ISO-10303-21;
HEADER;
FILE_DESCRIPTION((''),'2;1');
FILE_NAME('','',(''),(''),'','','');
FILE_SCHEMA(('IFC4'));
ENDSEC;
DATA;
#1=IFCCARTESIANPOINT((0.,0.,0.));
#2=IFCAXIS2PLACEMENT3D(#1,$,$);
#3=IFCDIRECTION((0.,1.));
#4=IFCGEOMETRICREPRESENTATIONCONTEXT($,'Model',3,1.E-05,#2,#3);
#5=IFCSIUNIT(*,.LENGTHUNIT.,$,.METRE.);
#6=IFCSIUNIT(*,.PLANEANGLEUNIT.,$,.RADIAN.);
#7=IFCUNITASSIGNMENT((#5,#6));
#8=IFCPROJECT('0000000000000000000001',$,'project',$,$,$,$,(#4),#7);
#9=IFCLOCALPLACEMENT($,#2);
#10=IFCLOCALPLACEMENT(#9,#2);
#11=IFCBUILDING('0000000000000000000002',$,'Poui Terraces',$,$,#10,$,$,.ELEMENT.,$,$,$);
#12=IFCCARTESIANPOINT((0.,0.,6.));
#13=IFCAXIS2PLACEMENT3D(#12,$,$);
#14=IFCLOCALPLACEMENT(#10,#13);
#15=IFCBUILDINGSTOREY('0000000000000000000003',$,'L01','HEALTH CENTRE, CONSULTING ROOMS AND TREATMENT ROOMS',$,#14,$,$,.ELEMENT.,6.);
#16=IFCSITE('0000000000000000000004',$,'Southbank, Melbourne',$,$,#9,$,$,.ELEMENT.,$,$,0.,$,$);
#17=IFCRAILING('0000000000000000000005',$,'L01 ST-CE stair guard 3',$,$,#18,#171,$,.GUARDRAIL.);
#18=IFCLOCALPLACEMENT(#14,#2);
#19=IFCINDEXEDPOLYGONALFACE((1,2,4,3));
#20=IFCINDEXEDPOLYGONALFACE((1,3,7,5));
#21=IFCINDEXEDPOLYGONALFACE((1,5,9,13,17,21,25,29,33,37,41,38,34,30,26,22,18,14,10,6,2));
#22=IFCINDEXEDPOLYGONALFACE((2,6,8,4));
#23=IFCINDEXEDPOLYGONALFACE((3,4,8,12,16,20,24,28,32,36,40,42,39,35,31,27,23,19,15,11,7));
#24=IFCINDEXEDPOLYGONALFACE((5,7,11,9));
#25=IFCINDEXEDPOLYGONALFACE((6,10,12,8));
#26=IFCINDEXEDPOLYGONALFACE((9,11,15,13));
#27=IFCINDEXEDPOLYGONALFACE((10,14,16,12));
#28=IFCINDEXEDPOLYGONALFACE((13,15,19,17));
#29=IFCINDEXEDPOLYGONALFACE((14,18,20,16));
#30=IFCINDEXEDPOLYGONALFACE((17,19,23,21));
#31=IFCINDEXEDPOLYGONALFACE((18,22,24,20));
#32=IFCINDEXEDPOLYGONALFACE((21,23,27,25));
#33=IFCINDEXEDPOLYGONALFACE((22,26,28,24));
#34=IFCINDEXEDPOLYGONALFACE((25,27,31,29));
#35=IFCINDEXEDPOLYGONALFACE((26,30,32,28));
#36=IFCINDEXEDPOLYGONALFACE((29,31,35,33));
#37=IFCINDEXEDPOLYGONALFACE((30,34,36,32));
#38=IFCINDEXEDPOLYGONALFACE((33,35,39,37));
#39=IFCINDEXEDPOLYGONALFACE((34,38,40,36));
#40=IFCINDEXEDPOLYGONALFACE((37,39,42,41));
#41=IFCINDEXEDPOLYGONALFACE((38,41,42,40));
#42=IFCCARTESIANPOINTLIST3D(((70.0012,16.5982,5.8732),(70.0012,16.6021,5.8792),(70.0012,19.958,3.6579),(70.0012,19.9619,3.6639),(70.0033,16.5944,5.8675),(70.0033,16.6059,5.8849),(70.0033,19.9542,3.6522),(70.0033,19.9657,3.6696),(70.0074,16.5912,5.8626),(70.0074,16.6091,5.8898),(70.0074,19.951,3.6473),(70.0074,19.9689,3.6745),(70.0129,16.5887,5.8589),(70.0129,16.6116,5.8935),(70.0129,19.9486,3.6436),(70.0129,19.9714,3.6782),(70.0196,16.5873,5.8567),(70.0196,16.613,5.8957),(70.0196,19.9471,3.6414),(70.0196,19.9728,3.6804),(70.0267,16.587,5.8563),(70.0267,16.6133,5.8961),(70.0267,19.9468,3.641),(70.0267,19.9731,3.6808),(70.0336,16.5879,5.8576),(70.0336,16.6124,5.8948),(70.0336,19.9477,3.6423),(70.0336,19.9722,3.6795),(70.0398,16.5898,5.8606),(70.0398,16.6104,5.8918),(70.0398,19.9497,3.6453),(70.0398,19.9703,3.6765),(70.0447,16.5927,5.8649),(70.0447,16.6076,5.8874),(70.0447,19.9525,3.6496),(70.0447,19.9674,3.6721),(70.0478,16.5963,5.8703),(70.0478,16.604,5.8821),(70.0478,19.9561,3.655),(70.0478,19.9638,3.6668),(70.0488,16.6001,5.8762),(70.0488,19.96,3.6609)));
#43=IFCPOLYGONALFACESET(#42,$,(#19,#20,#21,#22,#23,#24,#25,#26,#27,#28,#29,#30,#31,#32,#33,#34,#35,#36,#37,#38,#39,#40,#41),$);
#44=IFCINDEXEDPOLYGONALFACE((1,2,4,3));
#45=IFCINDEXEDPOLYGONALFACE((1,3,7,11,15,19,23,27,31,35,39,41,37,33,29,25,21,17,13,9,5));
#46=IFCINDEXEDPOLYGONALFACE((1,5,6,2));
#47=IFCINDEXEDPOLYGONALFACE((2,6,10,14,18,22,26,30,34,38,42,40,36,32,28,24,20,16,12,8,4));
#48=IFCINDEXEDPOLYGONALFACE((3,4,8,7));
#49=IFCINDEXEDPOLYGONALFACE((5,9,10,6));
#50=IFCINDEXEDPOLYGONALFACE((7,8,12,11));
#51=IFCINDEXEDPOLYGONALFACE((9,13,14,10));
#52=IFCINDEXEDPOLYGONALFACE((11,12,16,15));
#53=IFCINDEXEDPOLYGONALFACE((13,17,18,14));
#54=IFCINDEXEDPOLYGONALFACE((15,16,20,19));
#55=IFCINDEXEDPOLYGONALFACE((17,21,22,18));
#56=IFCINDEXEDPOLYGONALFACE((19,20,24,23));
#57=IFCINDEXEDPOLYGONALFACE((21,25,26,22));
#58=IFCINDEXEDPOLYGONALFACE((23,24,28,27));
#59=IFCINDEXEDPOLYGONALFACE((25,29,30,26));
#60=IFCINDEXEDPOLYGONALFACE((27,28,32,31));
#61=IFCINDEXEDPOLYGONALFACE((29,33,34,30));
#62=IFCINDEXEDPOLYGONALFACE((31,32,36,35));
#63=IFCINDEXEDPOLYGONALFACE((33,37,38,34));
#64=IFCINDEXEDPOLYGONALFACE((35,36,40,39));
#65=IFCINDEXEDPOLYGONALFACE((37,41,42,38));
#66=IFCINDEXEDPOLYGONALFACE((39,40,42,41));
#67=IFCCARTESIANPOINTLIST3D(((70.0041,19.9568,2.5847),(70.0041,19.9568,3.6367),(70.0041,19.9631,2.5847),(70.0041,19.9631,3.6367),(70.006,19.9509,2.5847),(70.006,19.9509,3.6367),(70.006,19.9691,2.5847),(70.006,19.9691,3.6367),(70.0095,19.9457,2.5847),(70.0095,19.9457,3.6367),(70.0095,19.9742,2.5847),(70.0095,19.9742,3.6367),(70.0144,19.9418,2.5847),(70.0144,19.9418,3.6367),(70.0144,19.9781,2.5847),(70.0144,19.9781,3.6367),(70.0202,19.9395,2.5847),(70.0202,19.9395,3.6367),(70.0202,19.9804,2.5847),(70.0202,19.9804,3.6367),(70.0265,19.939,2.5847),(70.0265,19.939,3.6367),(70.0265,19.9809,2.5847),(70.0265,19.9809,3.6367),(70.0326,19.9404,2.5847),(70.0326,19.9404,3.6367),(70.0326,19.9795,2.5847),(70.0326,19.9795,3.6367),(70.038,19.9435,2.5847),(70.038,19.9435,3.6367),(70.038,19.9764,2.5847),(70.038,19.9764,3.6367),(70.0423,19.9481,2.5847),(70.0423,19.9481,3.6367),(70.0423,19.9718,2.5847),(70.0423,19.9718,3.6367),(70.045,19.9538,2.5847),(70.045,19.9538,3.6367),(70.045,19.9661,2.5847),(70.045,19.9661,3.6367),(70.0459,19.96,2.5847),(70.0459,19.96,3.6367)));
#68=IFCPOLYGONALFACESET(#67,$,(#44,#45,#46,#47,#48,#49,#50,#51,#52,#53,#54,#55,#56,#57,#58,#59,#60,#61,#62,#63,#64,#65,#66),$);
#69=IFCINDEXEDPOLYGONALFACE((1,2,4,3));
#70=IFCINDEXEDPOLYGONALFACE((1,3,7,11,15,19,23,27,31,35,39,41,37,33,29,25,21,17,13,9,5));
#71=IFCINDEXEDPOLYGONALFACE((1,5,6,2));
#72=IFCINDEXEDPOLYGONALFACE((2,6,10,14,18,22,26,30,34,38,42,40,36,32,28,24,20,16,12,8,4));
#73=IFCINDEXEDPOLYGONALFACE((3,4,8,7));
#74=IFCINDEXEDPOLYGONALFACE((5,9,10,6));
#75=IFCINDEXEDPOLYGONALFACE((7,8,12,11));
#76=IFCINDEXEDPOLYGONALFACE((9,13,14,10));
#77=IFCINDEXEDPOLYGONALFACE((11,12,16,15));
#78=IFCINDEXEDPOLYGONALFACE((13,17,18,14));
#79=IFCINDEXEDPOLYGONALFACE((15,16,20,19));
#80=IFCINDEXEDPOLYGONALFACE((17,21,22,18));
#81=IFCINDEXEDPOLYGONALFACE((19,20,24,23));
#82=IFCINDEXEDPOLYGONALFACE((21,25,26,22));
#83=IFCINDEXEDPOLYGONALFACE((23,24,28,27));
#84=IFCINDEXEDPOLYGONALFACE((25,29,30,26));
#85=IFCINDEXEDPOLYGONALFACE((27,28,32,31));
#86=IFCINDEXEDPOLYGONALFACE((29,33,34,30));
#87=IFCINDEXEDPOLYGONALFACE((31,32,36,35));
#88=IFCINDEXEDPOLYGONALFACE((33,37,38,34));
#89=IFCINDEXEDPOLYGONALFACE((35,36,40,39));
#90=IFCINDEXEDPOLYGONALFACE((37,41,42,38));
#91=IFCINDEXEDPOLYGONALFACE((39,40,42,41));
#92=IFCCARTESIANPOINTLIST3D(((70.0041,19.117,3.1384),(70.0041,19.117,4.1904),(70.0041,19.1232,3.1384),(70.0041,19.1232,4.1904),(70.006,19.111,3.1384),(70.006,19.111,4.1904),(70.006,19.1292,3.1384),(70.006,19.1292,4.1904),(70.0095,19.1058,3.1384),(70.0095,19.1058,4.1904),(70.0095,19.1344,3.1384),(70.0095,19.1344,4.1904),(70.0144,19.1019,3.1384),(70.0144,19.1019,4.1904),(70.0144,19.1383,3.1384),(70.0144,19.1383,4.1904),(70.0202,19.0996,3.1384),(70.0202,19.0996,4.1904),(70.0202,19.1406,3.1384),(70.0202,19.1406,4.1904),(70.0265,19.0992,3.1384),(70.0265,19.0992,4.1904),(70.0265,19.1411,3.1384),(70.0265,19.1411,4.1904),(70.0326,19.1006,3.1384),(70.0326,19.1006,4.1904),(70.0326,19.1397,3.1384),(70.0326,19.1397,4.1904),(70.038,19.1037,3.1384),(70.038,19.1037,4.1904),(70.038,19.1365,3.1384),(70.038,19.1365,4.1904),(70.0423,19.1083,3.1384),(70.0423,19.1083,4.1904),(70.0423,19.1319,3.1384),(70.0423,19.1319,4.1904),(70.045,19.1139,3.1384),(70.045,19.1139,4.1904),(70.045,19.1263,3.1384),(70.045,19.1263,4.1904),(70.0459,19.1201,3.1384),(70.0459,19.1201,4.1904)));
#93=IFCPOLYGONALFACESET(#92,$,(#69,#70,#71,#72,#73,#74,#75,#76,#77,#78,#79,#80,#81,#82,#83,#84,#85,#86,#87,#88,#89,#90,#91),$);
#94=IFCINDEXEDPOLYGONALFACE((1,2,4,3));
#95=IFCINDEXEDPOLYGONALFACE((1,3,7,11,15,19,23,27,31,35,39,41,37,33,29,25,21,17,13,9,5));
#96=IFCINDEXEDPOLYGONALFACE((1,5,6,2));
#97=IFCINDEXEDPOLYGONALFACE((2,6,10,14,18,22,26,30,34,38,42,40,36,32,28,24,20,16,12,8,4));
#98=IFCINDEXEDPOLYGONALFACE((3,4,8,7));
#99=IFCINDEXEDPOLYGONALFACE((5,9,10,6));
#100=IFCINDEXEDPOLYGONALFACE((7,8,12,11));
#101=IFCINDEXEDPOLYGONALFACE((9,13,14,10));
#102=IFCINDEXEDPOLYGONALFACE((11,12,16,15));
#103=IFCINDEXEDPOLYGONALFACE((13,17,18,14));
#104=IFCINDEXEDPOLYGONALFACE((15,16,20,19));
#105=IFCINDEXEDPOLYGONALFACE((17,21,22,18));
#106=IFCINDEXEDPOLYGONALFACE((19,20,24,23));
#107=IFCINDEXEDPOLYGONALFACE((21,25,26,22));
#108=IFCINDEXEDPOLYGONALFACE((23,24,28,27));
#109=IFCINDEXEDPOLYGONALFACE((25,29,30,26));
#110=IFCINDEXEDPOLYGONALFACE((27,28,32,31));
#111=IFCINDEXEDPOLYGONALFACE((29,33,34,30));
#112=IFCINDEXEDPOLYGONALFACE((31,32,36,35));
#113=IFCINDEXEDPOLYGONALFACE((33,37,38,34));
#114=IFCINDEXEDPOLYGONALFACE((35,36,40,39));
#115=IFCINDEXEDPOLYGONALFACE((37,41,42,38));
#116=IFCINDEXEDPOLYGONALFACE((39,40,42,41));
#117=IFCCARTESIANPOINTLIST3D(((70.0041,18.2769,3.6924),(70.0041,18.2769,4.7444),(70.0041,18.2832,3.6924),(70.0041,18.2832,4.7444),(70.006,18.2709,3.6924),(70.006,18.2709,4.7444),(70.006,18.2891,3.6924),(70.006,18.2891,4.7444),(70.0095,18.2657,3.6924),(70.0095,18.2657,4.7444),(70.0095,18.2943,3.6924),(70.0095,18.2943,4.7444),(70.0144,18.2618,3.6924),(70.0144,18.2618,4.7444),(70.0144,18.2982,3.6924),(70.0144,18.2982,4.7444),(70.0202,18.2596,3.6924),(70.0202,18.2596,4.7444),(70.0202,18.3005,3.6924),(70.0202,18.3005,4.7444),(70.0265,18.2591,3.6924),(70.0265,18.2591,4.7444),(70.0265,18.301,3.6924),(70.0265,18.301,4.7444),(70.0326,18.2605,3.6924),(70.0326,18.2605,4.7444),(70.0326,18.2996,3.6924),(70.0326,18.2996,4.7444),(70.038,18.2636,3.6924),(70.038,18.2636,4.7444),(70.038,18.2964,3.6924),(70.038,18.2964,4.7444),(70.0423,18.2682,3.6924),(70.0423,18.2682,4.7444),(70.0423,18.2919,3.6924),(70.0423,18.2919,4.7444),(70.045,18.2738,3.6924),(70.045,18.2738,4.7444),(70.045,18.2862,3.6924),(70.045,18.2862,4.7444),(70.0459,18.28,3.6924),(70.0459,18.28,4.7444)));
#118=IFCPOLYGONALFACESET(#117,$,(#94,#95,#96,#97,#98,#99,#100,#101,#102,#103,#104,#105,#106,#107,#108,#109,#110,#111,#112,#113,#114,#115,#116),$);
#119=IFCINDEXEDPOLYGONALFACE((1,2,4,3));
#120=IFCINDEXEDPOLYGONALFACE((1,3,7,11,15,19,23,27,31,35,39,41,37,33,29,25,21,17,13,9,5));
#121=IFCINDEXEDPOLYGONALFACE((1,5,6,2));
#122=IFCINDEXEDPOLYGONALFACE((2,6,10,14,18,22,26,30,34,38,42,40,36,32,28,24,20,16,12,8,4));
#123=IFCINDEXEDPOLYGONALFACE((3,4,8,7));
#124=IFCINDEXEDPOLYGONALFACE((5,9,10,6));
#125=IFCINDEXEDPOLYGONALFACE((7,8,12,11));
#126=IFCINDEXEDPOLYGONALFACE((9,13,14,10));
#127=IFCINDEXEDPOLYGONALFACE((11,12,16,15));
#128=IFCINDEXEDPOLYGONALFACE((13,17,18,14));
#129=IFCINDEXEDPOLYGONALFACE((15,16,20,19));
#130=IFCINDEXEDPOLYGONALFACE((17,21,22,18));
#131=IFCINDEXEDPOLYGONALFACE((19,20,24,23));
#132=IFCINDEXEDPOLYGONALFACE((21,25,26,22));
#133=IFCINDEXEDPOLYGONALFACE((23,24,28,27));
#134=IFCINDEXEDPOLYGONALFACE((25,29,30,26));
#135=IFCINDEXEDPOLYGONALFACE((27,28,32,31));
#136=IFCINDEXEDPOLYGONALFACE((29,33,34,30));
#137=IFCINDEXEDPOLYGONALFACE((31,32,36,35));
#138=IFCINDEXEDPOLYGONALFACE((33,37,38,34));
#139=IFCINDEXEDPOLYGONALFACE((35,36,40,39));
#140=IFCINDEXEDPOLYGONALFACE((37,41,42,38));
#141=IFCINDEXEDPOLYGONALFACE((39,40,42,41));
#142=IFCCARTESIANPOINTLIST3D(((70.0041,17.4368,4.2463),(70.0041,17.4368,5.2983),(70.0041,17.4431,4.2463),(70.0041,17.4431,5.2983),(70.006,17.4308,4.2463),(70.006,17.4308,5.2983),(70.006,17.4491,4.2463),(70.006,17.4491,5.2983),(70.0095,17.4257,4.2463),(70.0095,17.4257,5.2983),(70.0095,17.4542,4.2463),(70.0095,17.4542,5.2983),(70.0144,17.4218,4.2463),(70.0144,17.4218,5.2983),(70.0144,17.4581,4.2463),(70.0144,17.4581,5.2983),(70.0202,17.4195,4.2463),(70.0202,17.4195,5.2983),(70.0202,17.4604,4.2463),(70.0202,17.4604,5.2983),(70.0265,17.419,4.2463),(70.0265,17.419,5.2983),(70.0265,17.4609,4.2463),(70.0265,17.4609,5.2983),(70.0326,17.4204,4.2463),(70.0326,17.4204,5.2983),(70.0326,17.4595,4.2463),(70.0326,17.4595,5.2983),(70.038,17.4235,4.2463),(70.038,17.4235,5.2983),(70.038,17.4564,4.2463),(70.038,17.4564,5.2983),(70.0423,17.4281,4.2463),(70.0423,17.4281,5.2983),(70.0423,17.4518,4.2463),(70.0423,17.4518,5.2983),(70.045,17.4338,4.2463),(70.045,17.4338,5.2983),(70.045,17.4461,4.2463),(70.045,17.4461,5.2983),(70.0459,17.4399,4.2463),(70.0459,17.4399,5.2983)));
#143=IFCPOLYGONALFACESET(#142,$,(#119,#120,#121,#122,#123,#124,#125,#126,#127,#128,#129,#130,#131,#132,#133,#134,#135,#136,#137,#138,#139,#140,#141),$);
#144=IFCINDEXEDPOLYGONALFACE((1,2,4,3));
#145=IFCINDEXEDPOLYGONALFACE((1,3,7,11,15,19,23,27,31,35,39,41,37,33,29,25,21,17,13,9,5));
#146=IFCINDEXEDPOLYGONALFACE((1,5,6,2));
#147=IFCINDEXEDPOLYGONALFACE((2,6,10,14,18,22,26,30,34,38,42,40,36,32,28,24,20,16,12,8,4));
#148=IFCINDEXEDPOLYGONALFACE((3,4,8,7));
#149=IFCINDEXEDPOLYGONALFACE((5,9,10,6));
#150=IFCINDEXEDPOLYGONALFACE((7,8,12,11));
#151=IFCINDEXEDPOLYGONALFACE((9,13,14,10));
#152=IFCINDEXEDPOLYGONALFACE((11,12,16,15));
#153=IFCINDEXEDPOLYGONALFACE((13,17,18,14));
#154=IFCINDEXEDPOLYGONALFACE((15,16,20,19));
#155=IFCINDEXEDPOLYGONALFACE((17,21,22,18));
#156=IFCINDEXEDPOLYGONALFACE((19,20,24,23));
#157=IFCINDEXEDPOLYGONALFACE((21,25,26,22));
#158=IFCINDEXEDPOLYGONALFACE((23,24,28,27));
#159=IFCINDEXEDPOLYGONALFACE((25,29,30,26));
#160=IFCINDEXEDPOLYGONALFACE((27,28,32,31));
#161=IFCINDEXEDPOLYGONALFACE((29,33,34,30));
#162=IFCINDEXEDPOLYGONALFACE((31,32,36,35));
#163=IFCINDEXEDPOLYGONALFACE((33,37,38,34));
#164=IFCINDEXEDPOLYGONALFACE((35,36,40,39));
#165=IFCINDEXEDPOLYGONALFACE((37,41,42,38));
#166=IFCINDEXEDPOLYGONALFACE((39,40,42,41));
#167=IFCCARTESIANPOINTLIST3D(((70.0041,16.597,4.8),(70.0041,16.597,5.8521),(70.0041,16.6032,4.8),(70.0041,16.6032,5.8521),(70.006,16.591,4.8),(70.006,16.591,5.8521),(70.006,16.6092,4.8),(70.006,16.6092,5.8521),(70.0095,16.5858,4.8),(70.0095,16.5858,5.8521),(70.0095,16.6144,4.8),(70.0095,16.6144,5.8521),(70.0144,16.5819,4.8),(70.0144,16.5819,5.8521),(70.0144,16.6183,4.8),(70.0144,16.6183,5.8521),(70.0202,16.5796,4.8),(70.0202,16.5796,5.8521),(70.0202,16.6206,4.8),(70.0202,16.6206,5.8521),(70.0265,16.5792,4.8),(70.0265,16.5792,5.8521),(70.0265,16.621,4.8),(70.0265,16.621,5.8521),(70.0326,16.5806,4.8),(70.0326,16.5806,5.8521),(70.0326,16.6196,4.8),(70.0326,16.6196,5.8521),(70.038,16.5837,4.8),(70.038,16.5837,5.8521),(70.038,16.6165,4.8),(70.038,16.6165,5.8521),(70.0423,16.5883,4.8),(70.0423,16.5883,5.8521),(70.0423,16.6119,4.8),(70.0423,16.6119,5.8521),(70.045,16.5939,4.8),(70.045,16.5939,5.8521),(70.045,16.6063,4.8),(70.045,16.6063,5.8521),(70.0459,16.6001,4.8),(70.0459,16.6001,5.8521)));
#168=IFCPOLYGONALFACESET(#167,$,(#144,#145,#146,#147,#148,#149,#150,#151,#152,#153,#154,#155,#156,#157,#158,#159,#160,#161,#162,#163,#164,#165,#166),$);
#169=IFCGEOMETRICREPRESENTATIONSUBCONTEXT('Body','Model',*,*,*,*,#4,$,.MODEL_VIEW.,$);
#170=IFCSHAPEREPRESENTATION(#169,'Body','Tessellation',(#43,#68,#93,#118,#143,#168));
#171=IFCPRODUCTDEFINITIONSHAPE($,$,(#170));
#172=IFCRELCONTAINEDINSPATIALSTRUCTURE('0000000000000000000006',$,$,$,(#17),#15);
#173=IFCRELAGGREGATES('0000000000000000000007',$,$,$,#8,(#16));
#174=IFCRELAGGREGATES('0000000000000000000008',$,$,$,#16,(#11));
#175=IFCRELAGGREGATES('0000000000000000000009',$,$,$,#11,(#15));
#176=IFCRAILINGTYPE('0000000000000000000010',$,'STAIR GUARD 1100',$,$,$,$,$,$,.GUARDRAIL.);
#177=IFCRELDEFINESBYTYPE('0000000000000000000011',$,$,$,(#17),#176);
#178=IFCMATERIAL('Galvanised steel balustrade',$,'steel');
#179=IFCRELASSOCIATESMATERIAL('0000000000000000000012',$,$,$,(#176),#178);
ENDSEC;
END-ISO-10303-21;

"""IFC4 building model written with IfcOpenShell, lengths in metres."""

from ifc_helpers import new_model, si_unit, direction, frame, origin, origin_2d, place, context, subcontext, project, spatial, circle, extrude, material, type_object, element, save


model = new_model("IFC4")

# Units and contexts
model_context = context("Model", 3, precision=1e-05, world=origin(), true_north=direction((0.0, 1.0)))
body_context = subcontext(model_context, "Body", "Model", "MODEL_VIEW")
ifc_project = project(units=[si_unit("LENGTHUNIT", "METRE"), si_unit("PLANEANGLEUNIT", "RADIAN")], contexts=[model_context])

# Site, building, storey
site_placement = place(None, origin())
site = spatial("IfcSite", under=ifc_project, at=site_placement, Name="Southbank, Melbourne", CompositionType="ELEMENT", RefElevation=0.0)
building_placement = place(site_placement, origin())
building = spatial("IfcBuilding", under=site, at=building_placement, Name="Poui Terraces", CompositionType="ELEMENT")
storey_placement = place(building_placement, frame((0.0, 0.0, 6.0)))
storey = spatial("IfcBuildingStorey", under=building, at=storey_placement, Name="L01", Description="HEALTH CENTRE, CONSULTING ROOMS AND TREATMENT ROOMS", CompositionType="ELEMENT", Elevation=6.0)

# Railing
ifc_material_1 = material(Name="Galvanised steel balustrade", Category="steel")
railing_type_1 = type_object("IfcRailingType", Name="STAIR GUARD 1100", PredefinedType="GUARDRAIL", material=ifc_material_1)
railing_1_placement = place(storey_placement, frame((70.0249, 19.96, 2.5847)))
element("IfcRailing", 1, at=railing_1_placement, inside=storey, type_object=railing_type_1, Name="L01 ST-CE stair guard 3", PredefinedType="GUARDRAIL", context=body_context, shape_type="SweptSolid", body=[
    extrude(circle(Radius=0.0239, at=origin_2d()), frame((0.0, 0.0, 1.0762), z_axis=(0.0, -0.834858, 0.550465), x_axis=(1.0, 0.0, 0.0)), (0.0, 0.0, 1.0), 4.0244),
    extrude(circle(Radius=0.021, at=origin_2d()), origin(), (0.0, 0.0, 1.0), 1.052),
    extrude(circle(Radius=0.021, at=origin_2d()), frame((0.0, -0.8398, 0.5537)), (0.0, 0.0, 1.0), 1.052),
    extrude(circle(Radius=0.021, at=origin_2d()), frame((0.0, -1.6799, 1.1077)), (0.0, 0.0, 1.0), 1.052),
    extrude(circle(Radius=0.021, at=origin_2d()), frame((0.0, -2.52, 1.6616)), (0.0, 0.0, 1.0), 1.052),
    extrude(circle(Radius=0.021, at=origin_2d()), frame((0.0, -3.3599, 2.2153)), (0.0, 0.0, 1.0), 1.052),
])

save(model, "model.ifc")
